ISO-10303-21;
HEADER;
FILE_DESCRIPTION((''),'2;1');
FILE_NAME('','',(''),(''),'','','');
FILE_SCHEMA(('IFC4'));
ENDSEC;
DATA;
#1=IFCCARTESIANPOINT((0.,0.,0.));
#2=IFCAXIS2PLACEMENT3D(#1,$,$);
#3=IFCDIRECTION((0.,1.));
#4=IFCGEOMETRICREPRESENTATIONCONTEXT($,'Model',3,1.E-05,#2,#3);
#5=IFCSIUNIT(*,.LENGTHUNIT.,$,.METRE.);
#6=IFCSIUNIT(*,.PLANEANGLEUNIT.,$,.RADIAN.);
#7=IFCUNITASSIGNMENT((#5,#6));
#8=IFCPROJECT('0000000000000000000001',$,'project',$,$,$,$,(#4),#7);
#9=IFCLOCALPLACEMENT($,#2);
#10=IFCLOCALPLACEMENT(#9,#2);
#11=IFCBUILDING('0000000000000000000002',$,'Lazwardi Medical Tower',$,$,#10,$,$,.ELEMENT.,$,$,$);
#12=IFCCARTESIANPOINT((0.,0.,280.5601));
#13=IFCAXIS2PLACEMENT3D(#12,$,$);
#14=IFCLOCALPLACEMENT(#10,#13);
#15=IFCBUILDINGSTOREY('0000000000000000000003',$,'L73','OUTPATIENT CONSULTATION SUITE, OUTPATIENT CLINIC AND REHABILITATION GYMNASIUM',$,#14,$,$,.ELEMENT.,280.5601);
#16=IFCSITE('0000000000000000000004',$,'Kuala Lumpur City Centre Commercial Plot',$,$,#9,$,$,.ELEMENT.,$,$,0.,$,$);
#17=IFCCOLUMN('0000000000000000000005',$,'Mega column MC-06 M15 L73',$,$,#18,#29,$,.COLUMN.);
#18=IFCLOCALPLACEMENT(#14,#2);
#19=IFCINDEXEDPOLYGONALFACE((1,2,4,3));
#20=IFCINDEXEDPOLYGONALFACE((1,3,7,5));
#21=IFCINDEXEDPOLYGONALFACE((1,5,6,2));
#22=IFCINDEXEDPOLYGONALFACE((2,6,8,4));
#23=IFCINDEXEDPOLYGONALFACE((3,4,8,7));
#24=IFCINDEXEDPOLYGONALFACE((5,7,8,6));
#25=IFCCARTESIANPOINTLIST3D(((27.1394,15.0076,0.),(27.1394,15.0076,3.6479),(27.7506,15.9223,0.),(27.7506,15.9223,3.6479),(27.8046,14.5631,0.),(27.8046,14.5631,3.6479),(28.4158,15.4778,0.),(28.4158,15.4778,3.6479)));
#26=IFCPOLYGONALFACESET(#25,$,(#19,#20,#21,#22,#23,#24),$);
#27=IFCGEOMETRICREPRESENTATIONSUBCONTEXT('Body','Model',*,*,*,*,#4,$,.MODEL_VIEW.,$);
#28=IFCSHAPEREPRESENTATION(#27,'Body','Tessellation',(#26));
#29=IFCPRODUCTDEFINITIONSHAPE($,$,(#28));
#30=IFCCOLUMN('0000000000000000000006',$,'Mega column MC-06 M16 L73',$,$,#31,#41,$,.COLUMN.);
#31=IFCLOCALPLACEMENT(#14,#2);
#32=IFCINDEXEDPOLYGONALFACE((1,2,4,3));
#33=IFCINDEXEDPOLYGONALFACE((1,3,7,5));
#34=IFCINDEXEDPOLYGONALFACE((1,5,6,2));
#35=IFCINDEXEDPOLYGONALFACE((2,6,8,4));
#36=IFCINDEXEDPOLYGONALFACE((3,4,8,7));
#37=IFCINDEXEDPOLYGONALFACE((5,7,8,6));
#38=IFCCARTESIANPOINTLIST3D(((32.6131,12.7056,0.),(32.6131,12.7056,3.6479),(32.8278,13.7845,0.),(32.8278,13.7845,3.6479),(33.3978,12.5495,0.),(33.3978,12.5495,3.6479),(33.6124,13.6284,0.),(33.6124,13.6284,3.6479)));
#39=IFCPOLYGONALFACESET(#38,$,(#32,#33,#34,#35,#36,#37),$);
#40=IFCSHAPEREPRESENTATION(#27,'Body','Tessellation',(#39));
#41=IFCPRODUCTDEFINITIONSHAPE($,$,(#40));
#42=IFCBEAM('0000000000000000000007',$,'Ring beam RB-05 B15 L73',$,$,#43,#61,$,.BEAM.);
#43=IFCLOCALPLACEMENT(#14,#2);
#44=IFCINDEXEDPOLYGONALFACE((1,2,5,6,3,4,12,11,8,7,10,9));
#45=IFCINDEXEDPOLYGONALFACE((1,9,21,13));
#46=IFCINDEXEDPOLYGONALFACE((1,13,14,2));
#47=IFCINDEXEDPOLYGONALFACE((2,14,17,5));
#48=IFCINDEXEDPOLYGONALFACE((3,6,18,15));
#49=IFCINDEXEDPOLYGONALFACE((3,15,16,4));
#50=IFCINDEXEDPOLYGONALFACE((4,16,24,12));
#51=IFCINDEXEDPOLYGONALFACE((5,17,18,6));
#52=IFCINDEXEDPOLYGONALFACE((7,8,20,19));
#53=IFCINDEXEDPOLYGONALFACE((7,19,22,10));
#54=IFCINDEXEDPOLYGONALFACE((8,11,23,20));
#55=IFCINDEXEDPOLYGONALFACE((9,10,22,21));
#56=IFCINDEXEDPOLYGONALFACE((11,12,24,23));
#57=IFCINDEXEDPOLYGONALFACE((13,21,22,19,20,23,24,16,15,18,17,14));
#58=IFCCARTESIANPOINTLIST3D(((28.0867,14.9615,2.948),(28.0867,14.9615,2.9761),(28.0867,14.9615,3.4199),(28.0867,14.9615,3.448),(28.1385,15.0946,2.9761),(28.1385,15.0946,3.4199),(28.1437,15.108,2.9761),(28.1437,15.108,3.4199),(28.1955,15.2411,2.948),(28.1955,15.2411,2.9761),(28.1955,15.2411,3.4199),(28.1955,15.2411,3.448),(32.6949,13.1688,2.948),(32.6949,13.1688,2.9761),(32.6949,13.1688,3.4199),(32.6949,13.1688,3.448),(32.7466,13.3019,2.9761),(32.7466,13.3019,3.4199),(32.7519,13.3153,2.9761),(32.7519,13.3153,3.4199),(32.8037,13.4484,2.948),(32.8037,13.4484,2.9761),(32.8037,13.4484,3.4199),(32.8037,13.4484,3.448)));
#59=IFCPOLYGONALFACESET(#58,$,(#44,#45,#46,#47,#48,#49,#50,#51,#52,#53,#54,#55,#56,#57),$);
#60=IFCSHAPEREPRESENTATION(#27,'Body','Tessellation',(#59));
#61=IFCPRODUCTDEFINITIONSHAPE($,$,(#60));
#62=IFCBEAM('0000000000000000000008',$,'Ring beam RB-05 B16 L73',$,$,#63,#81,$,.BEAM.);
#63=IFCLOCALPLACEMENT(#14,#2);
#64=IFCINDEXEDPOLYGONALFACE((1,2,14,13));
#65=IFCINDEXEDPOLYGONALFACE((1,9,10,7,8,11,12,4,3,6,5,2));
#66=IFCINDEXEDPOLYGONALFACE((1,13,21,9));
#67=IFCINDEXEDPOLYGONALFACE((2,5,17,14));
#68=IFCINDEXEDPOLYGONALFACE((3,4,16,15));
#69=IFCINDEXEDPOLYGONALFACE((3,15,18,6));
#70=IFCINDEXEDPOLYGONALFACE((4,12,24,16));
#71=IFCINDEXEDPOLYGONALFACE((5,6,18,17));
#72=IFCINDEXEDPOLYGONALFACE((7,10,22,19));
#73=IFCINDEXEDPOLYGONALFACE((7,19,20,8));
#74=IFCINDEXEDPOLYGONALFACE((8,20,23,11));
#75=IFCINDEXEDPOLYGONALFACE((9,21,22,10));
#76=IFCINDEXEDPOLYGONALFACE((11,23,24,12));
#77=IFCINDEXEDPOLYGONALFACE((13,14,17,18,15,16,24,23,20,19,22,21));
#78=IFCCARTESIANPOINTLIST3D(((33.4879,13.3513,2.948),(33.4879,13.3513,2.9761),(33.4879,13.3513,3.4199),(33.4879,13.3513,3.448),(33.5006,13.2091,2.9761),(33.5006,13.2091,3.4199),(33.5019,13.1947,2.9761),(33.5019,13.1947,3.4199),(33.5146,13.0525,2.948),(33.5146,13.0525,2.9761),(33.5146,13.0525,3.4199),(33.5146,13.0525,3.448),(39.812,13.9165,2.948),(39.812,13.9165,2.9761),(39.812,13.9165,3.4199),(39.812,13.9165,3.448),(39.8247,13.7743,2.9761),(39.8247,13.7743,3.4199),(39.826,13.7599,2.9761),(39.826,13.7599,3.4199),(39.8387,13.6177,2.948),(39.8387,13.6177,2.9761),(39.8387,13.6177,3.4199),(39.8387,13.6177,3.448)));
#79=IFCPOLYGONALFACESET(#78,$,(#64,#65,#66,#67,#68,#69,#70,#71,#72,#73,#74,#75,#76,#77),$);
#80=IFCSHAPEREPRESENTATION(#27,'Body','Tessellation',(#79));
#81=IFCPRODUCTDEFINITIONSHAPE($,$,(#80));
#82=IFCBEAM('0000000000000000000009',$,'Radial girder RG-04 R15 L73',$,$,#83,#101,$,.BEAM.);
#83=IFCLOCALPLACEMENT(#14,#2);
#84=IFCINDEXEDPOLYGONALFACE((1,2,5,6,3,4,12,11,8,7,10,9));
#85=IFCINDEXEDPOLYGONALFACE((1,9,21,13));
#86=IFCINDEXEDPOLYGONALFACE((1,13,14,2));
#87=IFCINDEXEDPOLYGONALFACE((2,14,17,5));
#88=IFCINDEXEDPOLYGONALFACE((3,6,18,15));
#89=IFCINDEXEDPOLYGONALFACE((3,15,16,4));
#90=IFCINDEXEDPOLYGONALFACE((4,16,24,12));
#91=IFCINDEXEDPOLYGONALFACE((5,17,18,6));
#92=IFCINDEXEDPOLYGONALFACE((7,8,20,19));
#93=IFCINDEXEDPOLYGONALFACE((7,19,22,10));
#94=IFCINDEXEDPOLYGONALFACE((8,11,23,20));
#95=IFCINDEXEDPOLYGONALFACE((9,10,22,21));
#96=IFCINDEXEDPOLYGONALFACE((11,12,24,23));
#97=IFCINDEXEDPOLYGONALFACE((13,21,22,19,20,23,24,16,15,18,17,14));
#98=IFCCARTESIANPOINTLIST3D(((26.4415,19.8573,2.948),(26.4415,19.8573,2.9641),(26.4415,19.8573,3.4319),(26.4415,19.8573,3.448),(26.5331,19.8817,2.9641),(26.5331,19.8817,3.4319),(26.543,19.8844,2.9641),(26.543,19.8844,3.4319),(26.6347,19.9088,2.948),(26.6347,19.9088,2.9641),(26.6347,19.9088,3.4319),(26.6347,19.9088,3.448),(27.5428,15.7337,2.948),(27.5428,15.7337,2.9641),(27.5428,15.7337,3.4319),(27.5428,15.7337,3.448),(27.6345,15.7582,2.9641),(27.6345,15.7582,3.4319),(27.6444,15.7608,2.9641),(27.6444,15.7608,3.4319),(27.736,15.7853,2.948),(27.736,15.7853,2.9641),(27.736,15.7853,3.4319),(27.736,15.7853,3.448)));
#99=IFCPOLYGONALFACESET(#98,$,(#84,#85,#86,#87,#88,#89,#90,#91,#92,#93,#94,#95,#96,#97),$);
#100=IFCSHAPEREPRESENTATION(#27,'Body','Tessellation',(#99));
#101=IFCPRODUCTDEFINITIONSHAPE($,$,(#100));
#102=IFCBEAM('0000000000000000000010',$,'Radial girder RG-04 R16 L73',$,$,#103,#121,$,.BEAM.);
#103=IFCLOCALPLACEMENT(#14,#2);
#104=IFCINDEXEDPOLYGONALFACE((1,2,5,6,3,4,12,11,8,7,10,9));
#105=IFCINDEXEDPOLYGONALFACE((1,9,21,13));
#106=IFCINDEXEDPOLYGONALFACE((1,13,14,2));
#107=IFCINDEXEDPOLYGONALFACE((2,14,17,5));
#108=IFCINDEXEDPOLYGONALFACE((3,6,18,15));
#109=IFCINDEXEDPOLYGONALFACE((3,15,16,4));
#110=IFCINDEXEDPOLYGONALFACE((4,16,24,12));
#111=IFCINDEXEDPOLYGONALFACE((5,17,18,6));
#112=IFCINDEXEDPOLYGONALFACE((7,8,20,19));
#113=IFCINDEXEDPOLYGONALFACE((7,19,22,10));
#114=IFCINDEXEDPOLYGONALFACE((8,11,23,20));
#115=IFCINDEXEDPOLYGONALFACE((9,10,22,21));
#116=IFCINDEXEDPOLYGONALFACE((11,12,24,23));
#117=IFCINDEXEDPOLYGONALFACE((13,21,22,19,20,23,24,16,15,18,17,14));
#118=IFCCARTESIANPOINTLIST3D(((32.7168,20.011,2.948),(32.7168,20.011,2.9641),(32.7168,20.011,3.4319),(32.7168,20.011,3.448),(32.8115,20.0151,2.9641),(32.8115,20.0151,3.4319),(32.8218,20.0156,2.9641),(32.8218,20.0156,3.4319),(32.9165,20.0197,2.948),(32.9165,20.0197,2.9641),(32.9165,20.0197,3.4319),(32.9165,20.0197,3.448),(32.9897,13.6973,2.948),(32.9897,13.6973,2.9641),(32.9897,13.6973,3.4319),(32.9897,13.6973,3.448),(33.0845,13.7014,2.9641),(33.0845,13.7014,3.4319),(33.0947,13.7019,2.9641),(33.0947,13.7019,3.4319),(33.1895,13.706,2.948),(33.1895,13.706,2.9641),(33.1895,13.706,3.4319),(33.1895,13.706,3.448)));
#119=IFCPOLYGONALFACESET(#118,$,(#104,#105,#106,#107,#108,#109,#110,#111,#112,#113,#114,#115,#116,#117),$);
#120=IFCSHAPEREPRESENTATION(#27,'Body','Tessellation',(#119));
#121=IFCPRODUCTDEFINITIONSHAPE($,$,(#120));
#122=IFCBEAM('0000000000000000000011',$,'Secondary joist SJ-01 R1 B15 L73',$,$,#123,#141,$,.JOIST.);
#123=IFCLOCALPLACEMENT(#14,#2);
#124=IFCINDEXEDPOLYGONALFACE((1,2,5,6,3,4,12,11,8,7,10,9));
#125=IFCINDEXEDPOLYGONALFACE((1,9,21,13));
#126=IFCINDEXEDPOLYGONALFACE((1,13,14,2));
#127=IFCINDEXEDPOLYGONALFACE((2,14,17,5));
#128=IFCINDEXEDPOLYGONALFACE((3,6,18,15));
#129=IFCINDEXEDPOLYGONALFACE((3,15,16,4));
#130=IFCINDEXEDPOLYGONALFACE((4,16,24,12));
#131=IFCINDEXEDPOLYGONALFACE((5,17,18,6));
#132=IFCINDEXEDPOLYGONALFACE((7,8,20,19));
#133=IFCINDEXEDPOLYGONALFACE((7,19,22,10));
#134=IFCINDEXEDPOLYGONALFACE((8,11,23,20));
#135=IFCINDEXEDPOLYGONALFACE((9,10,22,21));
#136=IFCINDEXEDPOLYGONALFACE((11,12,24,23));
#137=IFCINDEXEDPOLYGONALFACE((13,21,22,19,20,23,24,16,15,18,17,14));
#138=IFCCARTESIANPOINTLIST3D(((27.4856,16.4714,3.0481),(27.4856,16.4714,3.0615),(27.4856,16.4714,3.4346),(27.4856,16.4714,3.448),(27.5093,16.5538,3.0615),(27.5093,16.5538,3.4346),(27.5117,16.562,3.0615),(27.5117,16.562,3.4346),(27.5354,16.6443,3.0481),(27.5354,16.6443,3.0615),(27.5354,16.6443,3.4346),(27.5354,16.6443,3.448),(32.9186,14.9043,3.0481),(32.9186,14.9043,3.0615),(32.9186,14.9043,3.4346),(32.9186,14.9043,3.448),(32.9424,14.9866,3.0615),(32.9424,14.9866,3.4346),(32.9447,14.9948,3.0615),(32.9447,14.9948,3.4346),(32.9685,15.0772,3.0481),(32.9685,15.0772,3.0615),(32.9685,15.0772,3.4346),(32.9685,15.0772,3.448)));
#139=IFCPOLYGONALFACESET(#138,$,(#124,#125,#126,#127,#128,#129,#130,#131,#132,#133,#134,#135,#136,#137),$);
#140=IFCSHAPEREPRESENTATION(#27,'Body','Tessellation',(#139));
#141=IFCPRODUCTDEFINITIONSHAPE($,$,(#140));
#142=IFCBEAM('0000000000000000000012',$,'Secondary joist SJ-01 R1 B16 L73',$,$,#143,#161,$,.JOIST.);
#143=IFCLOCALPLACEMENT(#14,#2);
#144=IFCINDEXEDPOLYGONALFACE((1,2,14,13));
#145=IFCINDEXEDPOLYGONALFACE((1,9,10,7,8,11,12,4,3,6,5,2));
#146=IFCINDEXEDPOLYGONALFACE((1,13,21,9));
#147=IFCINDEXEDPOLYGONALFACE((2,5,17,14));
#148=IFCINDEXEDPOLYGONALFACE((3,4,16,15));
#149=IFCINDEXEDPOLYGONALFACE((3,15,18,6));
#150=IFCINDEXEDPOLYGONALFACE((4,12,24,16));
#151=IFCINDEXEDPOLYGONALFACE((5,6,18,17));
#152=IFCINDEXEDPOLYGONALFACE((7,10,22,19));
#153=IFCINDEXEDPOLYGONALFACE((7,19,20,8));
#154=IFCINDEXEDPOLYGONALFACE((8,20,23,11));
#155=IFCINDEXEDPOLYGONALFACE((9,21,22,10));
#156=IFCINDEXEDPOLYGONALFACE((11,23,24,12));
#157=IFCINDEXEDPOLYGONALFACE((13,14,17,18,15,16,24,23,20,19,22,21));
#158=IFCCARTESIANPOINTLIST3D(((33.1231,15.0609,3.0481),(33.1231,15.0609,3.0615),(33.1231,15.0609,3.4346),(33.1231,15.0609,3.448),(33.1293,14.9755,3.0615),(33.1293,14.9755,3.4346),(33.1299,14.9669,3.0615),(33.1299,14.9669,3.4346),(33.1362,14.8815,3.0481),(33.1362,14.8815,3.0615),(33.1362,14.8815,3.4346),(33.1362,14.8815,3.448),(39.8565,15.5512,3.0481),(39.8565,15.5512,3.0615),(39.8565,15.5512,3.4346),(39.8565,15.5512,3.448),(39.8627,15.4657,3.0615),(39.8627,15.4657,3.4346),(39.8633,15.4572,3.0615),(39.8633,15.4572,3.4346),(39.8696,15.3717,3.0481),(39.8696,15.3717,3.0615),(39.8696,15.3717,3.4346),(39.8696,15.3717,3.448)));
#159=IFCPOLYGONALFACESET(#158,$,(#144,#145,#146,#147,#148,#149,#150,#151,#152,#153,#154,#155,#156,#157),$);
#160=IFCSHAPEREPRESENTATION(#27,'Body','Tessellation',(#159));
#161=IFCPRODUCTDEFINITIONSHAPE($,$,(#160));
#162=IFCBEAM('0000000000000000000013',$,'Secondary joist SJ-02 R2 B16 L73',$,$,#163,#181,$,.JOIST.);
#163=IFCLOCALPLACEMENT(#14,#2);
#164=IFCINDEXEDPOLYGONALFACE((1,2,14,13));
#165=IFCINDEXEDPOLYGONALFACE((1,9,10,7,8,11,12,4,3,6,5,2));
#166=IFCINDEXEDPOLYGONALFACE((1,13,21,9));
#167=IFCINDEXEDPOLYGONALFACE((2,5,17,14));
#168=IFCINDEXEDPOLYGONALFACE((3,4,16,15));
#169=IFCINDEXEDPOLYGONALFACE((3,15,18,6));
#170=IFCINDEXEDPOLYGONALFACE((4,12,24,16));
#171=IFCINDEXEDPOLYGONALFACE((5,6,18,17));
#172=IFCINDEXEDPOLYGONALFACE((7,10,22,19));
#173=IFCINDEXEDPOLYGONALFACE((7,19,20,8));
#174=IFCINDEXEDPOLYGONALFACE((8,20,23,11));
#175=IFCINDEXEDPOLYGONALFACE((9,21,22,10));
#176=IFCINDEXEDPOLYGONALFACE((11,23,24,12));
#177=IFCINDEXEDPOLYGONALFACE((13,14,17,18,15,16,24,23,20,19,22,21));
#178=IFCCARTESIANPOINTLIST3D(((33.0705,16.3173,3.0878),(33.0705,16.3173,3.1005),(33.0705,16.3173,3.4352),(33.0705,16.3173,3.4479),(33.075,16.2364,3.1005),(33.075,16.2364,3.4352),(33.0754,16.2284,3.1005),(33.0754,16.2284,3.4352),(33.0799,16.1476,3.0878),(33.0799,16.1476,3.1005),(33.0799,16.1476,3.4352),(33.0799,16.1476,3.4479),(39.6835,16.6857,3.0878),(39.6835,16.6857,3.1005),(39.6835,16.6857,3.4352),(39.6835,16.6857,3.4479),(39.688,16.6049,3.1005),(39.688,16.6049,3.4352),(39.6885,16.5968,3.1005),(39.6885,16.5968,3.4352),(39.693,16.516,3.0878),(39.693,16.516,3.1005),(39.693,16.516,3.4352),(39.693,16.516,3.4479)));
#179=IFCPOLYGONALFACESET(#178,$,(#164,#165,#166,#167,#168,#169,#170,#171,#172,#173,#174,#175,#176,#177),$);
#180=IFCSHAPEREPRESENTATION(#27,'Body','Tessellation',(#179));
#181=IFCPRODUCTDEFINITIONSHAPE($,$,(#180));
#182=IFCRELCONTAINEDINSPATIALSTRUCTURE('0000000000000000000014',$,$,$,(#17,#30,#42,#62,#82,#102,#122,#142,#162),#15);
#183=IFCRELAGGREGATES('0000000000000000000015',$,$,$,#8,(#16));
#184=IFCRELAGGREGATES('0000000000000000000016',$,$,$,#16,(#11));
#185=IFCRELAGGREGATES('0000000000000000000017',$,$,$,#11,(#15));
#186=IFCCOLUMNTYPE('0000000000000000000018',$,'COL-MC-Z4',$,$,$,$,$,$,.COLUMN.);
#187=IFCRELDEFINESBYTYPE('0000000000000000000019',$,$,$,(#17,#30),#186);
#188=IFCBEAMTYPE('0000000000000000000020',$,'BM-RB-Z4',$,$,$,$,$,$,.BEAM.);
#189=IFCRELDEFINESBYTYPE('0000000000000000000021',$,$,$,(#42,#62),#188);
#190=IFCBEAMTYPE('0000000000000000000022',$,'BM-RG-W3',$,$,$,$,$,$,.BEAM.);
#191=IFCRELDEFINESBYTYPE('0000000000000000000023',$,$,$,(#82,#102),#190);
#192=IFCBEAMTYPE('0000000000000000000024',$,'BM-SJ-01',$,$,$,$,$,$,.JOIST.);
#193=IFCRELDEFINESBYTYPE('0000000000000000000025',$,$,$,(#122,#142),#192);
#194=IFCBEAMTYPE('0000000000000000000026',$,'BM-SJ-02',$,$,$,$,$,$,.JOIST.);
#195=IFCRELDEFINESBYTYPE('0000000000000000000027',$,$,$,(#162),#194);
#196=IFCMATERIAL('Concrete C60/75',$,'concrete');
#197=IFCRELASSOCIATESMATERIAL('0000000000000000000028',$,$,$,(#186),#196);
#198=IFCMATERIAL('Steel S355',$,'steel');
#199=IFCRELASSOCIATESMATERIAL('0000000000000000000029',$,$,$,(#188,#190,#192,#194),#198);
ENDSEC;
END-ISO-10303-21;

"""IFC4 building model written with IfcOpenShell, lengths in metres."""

from ifc_helpers import new_model, si_unit, direction, frame, origin, origin_2d, place, context, subcontext, project, spatial, rectangle, i_section, extrude, material, material_profile, profile_set, type_object, element, save


model = new_model("IFC4")

# Units and contexts
model_context = context("Model", 3, precision=1e-05, world=origin(), true_north=direction((0.0, 1.0)))
body_context = subcontext(model_context, "Body", "Model", "MODEL_VIEW")
ifc_project = project(units=[si_unit("LENGTHUNIT", "METRE"), si_unit("PLANEANGLEUNIT", "RADIAN")], contexts=[model_context])

# Site, building, storey
site_placement = place(None, origin())
site = spatial("IfcSite", under=ifc_project, at=site_placement, Name="Kuala Lumpur City Centre Commercial Plot", CompositionType="ELEMENT", RefElevation=0.0)
building_placement = place(site_placement, origin())
building = spatial("IfcBuilding", under=site, at=building_placement, Name="Lazwardi Medical Tower", CompositionType="ELEMENT")
storey_placement = place(building_placement, frame((0.0, 0.0, 280.5601)))
storey = spatial("IfcBuildingStorey", under=building, at=storey_placement, Name="L73", Description="OUTPATIENT CONSULTATION SUITE, OUTPATIENT CLINIC AND REHABILITATION GYMNASIUM", CompositionType="ELEMENT", Elevation=280.5601)

# Columns
ifc_material_1 = material(Name="Concrete C60/75", Category="concrete")
ifc_material_profile_1 = material_profile(ifc_material_1, rectangle(XDim=1.1001, YDim=0.8, at=origin_2d()), Name="CFT-RECT 1100x800")
ifc_profile_set_1 = profile_set([ifc_material_profile_1], Name="Concrete C60/75")
column_type = type_object("IfcColumnType", Name="COL-MC-Z4", PredefinedType="COLUMN", material=ifc_profile_set_1)
for number, where, z_axis, x_axis, name in (
    (1, (27.7776, 15.2427, 0.0), (0.0, 0.0, 1.0), (-0.55557, -0.83147, 0.0), "Mega column MC-06 M15 L73"),
    (2, (33.1128, 13.167, 0.0), (0.0, 0.0, 1.0), (-0.19509, -0.980785, 0.0), "Mega column MC-06 M16 L73"),
):
    element("IfcColumn", number, at=place(storey_placement, frame(where, z_axis=z_axis, x_axis=x_axis)), inside=storey, type_object=column_type, Name=name, PredefinedType="COLUMN", context=body_context, shape_type="SweptSolid", body=[
        extrude(rectangle(XDim=1.1001, YDim=0.8, at=origin_2d()), origin(), (0.0, 0.0, 1.0), 3.6479),
    ])

# Beams
ifc_material_2 = material(Name="Steel S355", Category="steel")
ifc_material_profile_2 = material_profile(ifc_material_2, i_section(OverallWidth=0.3, OverallDepth=0.5, WebThickness=0.0144, FlangeThickness=0.0281, at=origin_2d()), Name="HEB 500")
ifc_profile_set_2 = profile_set([ifc_material_profile_2], Name="Steel S355")
beam_type_1 = type_object("IfcBeamType", Name="BM-RB-Z4", PredefinedType="BEAM", material=ifc_profile_set_2)
beam_1_placement = place(storey_placement, frame((28.1411, 15.1013, 3.198), z_axis=(0.931959, -0.362563, 0.0), x_axis=(0.362563, 0.931959, 0.0)))
element("IfcBeam", 3, at=beam_1_placement, inside=storey, type_object=beam_type_1, Name="Ring beam RB-05 B15 L73", PredefinedType="BEAM", context=body_context, shape_type="SweptSolid", body=[
    extrude(i_section(OverallWidth=0.3, OverallDepth=0.5, WebThickness=0.0144, FlangeThickness=0.0281, at=origin_2d()), origin(), (0.0, 0.0, 1.0), 4.9446),
])
beam_2_placement = place(storey_placement, frame((33.5012, 13.2019, 3.198), z_axis=(0.99603, 0.089014, 0.0), x_axis=(-0.089014, 0.99603, 0.0)))
element("IfcBeam", 4, at=beam_2_placement, inside=storey, type_object=beam_type_1, Name="Ring beam RB-05 B16 L73", PredefinedType="BEAM", context=body_context, shape_type="SweptSolid", body=[
    extrude(i_section(OverallWidth=0.3, OverallDepth=0.5, WebThickness=0.0144, FlangeThickness=0.0281, at=origin_2d()), origin(), (0.0, 0.0, 1.0), 6.3494),
])
ifc_material_profile_3 = material_profile(ifc_material_2, i_section(OverallWidth=0.2, OverallDepth=0.5, WebThickness=0.0103, FlangeThickness=0.0161, at=origin_2d()), Name="IPE 500")
ifc_profile_set_3 = profile_set([ifc_material_profile_3], Name="Steel S355")
beam_type_2 = type_object("IfcBeamType", Name="BM-RG-W3", PredefinedType="BEAM", material=ifc_profile_set_3)
beam_3_placement = place(storey_placement, frame((27.6394, 15.7595, 3.198), z_axis=(-0.258036, 0.966135, 0.0), x_axis=(-0.966135, -0.258036, 0.0)))
element("IfcBeam", 5, at=beam_3_placement, inside=storey, type_object=beam_type_2, Name="Radial girder RG-04 R15 L73", PredefinedType="BEAM", context=body_context, shape_type="SweptSolid", body=[
    extrude(i_section(OverallWidth=0.2, OverallDepth=0.5, WebThickness=0.0103, FlangeThickness=0.0161, at=origin_2d()), origin(), (0.0, 0.0, 1.0), 4.2681),
])
beam_4_placement = place(storey_placement, frame((33.0896, 13.7017, 3.198), z_axis=(-0.043191, 0.999067, 0.0), x_axis=(-0.999067, -0.043191, 0.0)))
element("IfcBeam", 6, at=beam_4_placement, inside=storey, type_object=beam_type_2, Name="Radial girder RG-04 R16 L73", PredefinedType="BEAM", context=body_context, shape_type="SweptSolid", body=[
    extrude(i_section(OverallWidth=0.2, OverallDepth=0.5, WebThickness=0.0103, FlangeThickness=0.0161, at=origin_2d()), origin(), (0.0, 0.0, 1.0), 6.3196),
])
ifc_material_profile_4 = material_profile(ifc_material_2, i_section(OverallWidth=0.1799, OverallDepth=0.3999, WebThickness=0.0085, FlangeThickness=0.0134, at=origin_2d()), Name="IPE 400")
ifc_profile_set_4 = profile_set([ifc_material_profile_4], Name="Steel S355")
beam_type_3 = type_object("IfcBeamType", Name="BM-SJ-01", PredefinedType="JOIST", material=ifc_profile_set_4)
beam_5_placement = place(storey_placement, frame((27.5105, 16.5579, 3.248), z_axis=(0.960828, -0.277144, 0.0), x_axis=(0.277144, 0.960828, 0.0)))
element("IfcBeam", 7, at=beam_5_placement, inside=storey, type_object=beam_type_3, Name="Secondary joist SJ-01 R1 B15 L73", PredefinedType="JOIST", context=body_context, shape_type="SweptSolid", body=[
    extrude(i_section(OverallWidth=0.1799, OverallDepth=0.3999, WebThickness=0.0085, FlangeThickness=0.0134, at=origin_2d()), origin(), (0.0, 0.0, 1.0), 5.6545),
])
beam_6_placement = place(storey_placement, frame((33.1296, 14.9712, 3.248), z_axis=(0.99736, 0.072614, 0.0), x_axis=(-0.072614, 0.99736, 0.0)))
element("IfcBeam", 8, at=beam_6_placement, inside=storey, type_object=beam_type_3, Name="Secondary joist SJ-01 R1 B16 L73", PredefinedType="JOIST", context=body_context, shape_type="SweptSolid", body=[
    extrude(i_section(OverallWidth=0.1799, OverallDepth=0.3999, WebThickness=0.0085, FlangeThickness=0.0134, at=origin_2d()), origin(), (0.0, 0.0, 1.0), 6.7512),
])
ifc_material_profile_5 = material_profile(ifc_material_2, i_section(OverallWidth=0.1699, OverallDepth=0.3601, WebThickness=0.0081, FlangeThickness=0.0127, at=origin_2d()), Name="IPE 360")
ifc_profile_set_5 = profile_set([ifc_material_profile_5], Name="Steel S355")
beam_type_4 = type_object("IfcBeamType", Name="BM-SJ-02", PredefinedType="JOIST", material=ifc_profile_set_5)
beam_7_placement = place(storey_placement, frame((33.0752, 16.2324, 3.2678), z_axis=(0.998452, 0.055623, 0.0), x_axis=(-0.055623, 0.998452, 0.0)))
element("IfcBeam", 9, at=beam_7_placement, inside=storey, type_object=beam_type_4, Name="Secondary joist SJ-02 R2 B16 L73", PredefinedType="JOIST", context=body_context, shape_type="SweptSolid", body=[
    extrude(i_section(OverallWidth=0.1699, OverallDepth=0.3601, WebThickness=0.0081, FlangeThickness=0.0127, at=origin_2d()), origin(), (0.0, 0.0, 1.0), 6.6233),
])

save(model, "model.ifc")
